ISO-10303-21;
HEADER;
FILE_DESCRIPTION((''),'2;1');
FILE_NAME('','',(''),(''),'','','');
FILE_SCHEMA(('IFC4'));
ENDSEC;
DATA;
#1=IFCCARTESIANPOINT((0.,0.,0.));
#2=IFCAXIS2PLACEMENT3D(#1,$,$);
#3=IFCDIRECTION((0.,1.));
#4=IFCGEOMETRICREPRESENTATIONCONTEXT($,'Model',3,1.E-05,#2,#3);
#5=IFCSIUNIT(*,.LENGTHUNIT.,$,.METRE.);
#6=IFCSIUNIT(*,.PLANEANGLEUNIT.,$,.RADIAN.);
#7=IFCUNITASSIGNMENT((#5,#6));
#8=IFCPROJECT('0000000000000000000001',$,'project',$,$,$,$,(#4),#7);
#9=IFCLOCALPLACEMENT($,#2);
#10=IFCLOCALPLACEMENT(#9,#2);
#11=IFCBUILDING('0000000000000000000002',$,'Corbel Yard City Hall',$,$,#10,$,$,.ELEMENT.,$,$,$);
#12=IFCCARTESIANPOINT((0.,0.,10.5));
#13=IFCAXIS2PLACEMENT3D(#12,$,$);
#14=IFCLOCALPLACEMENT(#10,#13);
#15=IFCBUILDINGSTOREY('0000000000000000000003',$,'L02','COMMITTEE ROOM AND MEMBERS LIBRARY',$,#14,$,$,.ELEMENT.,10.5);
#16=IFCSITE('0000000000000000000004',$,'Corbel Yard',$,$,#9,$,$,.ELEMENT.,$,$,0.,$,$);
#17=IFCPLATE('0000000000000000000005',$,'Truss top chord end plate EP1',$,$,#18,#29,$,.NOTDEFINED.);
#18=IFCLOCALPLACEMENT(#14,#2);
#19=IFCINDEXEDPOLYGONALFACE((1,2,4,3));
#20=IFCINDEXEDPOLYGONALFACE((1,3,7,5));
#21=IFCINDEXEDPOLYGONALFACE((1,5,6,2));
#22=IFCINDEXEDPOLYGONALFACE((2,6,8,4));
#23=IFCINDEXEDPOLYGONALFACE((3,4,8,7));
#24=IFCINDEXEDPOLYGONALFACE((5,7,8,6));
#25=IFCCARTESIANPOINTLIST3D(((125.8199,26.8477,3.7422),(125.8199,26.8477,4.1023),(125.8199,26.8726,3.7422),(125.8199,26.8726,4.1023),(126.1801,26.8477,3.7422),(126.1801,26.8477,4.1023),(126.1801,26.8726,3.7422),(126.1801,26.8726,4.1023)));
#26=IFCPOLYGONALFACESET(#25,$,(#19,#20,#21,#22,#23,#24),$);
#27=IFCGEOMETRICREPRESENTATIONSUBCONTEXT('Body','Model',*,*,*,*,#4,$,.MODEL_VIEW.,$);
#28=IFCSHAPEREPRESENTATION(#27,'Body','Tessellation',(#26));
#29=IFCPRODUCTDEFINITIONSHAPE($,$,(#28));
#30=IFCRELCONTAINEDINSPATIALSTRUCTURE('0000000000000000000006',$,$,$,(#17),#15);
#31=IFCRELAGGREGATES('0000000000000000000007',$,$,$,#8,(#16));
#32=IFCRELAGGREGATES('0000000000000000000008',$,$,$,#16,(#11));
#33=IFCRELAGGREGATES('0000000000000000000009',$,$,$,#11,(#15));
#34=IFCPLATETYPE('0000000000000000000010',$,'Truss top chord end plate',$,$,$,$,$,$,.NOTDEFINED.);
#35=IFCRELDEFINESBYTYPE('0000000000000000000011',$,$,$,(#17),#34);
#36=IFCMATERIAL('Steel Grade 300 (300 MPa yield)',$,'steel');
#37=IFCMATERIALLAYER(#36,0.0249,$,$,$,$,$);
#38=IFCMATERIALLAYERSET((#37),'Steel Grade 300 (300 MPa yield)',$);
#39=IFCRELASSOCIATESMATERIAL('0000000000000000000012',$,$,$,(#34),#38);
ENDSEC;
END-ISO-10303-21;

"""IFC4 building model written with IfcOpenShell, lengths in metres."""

from ifc_helpers import new_model, si_unit, direction, frame, origin, origin_2d, place, context, subcontext, project, spatial, rectangle, extrude, material, layer, layer_set, type_object, element, save


model = new_model("IFC4")

# Units and contexts
model_context = context("Model", 3, precision=1e-05, world=origin(), true_north=direction((0.0, 1.0)))
body_context = subcontext(model_context, "Body", "Model", "MODEL_VIEW")
ifc_project = project(units=[si_unit("LENGTHUNIT", "METRE"), si_unit("PLANEANGLEUNIT", "RADIAN")], contexts=[model_context])

# Site, building, storey
site_placement = place(None, origin())
site = spatial("IfcSite", under=ifc_project, at=site_placement, Name="Corbel Yard", CompositionType="ELEMENT", RefElevation=0.0)
building_placement = place(site_placement, origin())
building = spatial("IfcBuilding", under=site, at=building_placement, Name="Corbel Yard City Hall", CompositionType="ELEMENT")
storey_placement = place(building_placement, frame((0.0, 0.0, 10.5)))
storey = spatial("IfcBuildingStorey", under=building, at=storey_placement, Name="L02", Description="COMMITTEE ROOM AND MEMBERS LIBRARY", CompositionType="ELEMENT", Elevation=10.5)

# Shared definitions
ifc_material_1 = material(Name="Steel Grade 300 (300 MPa yield)", Category="steel")

# Plate
ifc_layer_1 = layer(ifc_material_1, 0.0249)
ifc_layer_set_1 = layer_set([ifc_layer_1], Name="Steel Grade 300 (300 MPa yield)")
plate_type_1 = type_object("IfcPlateType", Name="Truss top chord end plate", PredefinedType="NOTDEFINED", material=ifc_layer_set_1)
plate_1_placement = place(storey_placement, frame((126.0, 26.8601, 3.7422), z_axis=(0.0, 0.0, 1.0), x_axis=(1.0, 0.0, 0.0)))
element("IfcPlate", 1, at=plate_1_placement, inside=storey, type_object=plate_type_1, Name="Truss top chord end plate EP1", PredefinedType="NOTDEFINED", context=body_context, shape_type="SweptSolid", body=[
    extrude(rectangle(XDim=0.3601, YDim=0.0249, at=origin_2d()), origin(), (0.0, 0.0, 1.0), 0.3601),
])

save(model, "model.ifc")
